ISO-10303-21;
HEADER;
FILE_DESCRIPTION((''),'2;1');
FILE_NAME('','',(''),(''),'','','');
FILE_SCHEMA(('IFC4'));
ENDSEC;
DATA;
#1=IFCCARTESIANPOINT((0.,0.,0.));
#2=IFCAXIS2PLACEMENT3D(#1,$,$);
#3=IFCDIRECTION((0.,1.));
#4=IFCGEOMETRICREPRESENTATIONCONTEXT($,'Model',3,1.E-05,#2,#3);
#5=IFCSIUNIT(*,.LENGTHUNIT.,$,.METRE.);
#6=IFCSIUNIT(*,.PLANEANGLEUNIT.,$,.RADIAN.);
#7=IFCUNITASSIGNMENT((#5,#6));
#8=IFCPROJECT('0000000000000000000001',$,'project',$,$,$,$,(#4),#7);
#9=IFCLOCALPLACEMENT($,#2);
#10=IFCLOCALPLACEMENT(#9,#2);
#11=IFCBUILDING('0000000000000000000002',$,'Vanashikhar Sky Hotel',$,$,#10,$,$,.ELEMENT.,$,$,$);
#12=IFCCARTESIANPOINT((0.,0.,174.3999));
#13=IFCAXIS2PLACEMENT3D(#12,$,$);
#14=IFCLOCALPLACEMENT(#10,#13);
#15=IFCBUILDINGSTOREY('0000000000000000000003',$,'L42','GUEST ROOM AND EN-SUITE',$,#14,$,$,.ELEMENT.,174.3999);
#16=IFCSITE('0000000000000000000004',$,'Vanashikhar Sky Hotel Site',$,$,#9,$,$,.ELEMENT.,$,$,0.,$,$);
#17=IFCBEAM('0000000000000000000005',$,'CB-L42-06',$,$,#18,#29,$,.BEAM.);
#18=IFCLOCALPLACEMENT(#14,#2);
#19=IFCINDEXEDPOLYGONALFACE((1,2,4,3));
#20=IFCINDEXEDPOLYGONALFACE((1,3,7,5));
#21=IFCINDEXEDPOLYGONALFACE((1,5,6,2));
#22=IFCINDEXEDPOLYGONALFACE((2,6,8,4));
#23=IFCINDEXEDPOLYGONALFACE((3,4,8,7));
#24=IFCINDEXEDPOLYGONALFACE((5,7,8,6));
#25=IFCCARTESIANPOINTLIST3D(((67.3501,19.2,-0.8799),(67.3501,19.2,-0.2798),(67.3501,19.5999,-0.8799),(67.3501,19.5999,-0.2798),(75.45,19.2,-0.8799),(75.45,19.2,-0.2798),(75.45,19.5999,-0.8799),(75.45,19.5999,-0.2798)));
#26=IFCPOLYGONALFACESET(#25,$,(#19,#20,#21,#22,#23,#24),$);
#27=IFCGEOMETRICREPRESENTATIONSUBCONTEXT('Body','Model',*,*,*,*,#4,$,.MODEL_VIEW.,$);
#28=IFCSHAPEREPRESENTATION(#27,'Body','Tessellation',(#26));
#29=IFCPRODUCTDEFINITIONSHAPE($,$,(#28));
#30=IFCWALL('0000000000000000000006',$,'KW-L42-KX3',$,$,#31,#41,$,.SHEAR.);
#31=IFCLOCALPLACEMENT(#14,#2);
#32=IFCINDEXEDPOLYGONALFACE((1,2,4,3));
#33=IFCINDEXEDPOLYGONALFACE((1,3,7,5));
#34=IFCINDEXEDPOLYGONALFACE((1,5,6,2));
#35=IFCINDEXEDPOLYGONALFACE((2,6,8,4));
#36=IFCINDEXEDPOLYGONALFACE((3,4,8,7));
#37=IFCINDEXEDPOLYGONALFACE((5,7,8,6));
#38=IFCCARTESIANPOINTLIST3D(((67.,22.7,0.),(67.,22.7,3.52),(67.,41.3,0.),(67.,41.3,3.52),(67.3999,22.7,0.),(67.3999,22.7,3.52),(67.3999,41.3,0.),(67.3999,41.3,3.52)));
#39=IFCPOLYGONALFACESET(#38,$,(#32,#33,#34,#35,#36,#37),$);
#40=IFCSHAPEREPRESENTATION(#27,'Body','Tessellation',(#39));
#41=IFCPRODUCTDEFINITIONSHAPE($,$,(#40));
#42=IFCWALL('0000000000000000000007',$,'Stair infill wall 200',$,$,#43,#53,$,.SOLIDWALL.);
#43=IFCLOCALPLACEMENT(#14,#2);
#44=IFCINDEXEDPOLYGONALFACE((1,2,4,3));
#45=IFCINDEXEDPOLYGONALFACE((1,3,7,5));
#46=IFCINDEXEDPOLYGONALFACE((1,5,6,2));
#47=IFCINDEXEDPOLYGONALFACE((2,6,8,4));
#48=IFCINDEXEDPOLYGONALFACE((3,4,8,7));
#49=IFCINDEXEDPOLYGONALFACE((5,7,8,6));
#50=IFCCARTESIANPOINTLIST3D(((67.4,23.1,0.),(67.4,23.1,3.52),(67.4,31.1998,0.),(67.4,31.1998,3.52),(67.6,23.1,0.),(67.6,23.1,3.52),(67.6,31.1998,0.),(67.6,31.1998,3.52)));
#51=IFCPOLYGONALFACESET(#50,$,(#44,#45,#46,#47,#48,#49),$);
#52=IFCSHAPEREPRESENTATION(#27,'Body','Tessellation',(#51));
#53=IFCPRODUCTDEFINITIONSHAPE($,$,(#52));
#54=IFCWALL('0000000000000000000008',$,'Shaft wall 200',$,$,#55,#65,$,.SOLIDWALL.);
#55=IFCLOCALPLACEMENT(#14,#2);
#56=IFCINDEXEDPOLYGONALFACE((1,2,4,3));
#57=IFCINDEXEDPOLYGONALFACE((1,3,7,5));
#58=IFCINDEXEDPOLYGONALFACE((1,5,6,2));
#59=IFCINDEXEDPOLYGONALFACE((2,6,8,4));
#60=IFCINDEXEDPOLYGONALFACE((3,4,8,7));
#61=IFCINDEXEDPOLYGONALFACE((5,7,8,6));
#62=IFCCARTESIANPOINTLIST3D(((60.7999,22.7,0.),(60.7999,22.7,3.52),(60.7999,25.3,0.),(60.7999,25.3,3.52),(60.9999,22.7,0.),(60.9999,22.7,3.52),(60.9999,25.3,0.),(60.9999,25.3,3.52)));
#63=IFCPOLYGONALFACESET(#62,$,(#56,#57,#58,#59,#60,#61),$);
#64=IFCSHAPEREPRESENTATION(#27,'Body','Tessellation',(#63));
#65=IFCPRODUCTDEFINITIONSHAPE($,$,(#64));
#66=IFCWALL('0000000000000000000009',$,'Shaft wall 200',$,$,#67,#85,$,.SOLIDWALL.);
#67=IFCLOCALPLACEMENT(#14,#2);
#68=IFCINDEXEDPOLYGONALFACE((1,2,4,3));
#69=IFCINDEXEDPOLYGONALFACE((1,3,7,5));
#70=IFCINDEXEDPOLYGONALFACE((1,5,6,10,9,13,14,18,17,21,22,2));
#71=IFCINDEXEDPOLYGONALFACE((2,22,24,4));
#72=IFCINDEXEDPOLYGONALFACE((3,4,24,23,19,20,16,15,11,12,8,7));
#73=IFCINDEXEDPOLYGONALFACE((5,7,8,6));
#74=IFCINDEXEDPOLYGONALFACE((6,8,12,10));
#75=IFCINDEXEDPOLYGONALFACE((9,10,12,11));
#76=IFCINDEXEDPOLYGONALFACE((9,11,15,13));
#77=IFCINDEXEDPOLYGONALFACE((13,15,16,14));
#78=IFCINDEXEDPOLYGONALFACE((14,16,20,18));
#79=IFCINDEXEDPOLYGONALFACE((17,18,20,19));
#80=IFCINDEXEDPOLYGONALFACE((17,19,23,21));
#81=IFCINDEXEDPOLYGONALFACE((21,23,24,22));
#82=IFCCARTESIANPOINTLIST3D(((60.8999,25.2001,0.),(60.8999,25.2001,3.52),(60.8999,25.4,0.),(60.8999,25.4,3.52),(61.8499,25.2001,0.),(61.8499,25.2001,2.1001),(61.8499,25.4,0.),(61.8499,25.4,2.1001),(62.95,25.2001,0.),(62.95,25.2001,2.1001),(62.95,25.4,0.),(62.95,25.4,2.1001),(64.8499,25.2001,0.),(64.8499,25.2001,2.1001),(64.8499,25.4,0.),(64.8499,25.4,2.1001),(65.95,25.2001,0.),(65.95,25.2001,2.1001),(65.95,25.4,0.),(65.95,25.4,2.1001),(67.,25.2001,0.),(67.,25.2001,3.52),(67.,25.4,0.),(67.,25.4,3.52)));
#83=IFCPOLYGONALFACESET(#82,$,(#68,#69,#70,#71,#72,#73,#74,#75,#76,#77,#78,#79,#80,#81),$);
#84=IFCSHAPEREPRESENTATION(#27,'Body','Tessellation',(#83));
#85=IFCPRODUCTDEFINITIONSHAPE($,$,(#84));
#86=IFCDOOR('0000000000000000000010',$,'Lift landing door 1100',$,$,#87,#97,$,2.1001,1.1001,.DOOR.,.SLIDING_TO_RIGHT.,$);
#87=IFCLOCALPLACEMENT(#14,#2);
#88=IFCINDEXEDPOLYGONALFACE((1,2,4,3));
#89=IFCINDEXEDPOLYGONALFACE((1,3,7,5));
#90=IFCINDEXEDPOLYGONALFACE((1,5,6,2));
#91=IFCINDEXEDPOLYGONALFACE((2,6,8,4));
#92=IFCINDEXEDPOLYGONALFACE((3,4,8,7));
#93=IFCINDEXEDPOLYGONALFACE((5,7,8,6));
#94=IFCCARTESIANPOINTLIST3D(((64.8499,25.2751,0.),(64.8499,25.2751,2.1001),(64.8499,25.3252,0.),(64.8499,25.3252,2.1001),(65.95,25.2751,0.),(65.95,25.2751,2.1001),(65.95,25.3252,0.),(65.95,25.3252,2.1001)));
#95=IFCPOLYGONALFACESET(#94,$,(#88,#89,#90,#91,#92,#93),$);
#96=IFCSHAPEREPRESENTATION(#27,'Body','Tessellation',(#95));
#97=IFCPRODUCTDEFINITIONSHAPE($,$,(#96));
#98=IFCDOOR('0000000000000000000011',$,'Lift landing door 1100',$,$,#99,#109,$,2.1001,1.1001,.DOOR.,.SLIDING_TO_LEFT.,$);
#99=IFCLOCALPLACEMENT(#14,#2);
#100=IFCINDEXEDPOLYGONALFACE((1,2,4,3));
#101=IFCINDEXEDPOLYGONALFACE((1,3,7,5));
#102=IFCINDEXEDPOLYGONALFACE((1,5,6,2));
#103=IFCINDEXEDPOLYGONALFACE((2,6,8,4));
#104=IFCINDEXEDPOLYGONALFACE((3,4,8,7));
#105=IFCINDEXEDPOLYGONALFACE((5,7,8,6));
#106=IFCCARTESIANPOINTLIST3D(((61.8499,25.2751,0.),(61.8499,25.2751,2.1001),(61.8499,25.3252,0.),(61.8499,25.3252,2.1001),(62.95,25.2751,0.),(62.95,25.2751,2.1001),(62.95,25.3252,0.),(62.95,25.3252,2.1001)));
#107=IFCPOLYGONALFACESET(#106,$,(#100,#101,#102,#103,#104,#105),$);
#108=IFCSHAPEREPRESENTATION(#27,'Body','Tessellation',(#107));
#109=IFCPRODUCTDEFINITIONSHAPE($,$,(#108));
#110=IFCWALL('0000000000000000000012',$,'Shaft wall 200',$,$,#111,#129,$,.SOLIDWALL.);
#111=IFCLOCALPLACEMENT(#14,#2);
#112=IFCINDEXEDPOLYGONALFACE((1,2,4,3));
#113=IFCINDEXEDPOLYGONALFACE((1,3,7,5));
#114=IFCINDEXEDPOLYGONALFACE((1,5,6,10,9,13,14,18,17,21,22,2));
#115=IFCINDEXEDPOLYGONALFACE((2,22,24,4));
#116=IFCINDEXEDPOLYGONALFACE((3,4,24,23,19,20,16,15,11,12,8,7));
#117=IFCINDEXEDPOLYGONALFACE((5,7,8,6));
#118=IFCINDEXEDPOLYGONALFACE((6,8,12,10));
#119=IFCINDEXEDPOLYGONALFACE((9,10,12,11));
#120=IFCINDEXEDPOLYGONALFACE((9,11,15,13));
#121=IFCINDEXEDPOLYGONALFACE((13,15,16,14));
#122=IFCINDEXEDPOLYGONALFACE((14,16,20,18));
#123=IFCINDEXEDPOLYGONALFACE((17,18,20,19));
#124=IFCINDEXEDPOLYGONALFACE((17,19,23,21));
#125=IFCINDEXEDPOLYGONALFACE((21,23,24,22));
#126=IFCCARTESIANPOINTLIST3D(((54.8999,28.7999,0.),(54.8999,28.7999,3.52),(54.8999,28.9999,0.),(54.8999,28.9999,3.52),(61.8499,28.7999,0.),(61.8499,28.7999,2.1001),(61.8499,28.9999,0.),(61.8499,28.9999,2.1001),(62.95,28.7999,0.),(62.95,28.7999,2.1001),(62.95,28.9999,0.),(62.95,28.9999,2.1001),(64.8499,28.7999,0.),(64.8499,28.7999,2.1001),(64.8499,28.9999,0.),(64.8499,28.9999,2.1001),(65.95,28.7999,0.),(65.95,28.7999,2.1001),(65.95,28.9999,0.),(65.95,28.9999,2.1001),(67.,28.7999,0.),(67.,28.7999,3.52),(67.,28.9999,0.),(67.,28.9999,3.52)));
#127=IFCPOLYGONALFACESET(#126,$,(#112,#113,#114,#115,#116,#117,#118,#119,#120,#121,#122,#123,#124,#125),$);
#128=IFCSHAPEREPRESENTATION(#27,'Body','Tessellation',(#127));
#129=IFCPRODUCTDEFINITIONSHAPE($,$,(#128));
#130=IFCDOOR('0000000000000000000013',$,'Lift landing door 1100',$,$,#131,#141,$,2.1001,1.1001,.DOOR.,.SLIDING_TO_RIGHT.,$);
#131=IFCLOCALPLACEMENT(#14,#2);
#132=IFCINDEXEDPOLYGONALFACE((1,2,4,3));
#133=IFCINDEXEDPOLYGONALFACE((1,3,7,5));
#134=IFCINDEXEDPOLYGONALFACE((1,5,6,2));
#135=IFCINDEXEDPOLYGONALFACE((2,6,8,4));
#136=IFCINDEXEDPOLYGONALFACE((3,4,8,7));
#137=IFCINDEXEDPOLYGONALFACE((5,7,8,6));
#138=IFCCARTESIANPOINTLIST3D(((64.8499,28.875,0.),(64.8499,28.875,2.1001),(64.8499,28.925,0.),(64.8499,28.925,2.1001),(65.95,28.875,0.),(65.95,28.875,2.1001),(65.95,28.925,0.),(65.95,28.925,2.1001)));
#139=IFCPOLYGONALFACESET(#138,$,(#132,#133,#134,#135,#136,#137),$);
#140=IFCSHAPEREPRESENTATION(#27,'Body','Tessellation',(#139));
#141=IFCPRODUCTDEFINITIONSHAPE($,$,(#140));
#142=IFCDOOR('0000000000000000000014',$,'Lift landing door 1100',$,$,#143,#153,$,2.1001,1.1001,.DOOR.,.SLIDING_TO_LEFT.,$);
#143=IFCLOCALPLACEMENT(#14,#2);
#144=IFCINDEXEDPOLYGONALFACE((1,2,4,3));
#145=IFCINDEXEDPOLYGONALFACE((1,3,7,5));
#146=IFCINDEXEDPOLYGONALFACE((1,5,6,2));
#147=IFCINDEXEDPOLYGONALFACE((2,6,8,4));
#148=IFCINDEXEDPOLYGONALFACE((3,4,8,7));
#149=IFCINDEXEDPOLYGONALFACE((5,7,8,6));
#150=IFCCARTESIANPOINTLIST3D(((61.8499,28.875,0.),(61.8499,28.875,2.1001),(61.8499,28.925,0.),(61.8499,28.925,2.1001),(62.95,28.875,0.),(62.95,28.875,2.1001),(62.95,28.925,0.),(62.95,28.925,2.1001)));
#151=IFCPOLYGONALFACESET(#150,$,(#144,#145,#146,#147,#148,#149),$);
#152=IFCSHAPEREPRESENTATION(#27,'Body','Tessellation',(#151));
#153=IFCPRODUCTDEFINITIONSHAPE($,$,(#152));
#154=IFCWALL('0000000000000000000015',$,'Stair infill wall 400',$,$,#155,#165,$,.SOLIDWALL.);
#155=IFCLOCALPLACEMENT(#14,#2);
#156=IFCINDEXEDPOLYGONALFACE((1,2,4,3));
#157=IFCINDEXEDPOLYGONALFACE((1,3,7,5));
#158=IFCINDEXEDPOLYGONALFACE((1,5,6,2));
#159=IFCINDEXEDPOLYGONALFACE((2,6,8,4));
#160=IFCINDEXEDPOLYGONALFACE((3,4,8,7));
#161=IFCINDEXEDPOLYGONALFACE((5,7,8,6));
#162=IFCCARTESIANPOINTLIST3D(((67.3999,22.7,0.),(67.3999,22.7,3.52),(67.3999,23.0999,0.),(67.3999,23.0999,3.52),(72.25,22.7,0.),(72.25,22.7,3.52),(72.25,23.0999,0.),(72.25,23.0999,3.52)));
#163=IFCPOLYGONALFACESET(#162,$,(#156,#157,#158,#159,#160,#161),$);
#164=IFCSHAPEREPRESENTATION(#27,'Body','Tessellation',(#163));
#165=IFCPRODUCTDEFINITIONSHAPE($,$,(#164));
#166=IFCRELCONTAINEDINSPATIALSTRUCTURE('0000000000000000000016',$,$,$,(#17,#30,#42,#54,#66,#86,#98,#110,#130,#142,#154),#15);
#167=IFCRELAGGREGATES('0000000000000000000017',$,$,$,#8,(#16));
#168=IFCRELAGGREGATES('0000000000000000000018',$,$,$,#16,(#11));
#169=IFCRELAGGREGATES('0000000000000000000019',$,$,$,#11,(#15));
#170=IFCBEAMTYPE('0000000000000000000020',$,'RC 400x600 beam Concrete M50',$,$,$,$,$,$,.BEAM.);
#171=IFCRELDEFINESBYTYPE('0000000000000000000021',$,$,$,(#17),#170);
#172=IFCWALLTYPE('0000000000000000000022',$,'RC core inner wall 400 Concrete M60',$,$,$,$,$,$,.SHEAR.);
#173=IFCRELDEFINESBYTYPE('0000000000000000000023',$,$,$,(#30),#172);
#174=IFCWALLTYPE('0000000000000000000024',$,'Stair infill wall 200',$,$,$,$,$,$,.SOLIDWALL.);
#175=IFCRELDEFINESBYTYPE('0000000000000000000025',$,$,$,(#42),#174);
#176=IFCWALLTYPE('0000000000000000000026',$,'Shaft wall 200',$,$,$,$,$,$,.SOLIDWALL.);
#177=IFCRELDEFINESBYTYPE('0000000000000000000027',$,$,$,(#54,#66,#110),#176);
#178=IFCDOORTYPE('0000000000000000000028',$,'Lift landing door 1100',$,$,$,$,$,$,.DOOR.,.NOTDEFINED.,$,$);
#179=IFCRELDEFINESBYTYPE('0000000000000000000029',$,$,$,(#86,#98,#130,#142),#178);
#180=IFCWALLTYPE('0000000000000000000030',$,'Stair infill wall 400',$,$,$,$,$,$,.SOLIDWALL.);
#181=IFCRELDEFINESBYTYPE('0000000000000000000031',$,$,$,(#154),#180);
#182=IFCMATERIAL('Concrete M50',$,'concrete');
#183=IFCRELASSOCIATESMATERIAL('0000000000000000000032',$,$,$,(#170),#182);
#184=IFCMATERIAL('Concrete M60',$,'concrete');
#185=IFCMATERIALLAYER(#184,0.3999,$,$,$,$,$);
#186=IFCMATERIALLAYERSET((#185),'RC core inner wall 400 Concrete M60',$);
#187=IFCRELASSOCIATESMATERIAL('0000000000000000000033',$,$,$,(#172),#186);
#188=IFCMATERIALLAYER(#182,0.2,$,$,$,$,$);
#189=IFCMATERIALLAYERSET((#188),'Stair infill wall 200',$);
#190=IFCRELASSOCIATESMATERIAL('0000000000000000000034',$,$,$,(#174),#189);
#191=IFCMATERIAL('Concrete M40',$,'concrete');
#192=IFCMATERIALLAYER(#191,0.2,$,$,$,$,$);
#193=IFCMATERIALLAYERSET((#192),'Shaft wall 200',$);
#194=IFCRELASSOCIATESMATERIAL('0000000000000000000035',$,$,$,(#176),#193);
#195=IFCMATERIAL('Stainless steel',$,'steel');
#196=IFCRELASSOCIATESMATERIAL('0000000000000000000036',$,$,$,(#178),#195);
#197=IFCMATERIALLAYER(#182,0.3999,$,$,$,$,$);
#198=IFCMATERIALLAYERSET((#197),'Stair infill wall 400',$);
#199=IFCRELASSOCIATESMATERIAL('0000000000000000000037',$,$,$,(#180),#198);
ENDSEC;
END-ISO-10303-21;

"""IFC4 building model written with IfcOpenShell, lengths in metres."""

from ifc_helpers import new_model, si_unit, direction, frame, frame_2d, origin, origin_2d, place, context, subcontext, project, spatial, rectangle, extrude, source, transform, mapped, material, layer, layer_set, material_profile, profile_set, type_object, element, fill, save


model = new_model("IFC4")

# Units and contexts
model_context = context("Model", 3, precision=1e-05, world=origin(), true_north=direction((0.0, 1.0)))
body_context = subcontext(model_context, "Body", "Model", "MODEL_VIEW")
ifc_project = project(units=[si_unit("LENGTHUNIT", "METRE"), si_unit("PLANEANGLEUNIT", "RADIAN")], contexts=[model_context])

# Site, building, storey
site_placement = place(None, origin())
site = spatial("IfcSite", under=ifc_project, at=site_placement, Name="Vanashikhar Sky Hotel Site", CompositionType="ELEMENT", RefElevation=0.0)
building_placement = place(site_placement, origin())
building = spatial("IfcBuilding", under=site, at=building_placement, Name="Vanashikhar Sky Hotel", CompositionType="ELEMENT")
storey_placement = place(building_placement, frame((0.0, 0.0, 174.3999)))
storey = spatial("IfcBuildingStorey", under=building, at=storey_placement, Name="L42", Description="GUEST ROOM AND EN-SUITE", CompositionType="ELEMENT", Elevation=174.3999)

# Beam
ifc_material_1 = material(Name="Concrete M50", Category="concrete")
ifc_material_profile = material_profile(ifc_material_1, rectangle(XDim=0.3999, YDim=0.6001, at=origin_2d()))
ifc_profile_set = profile_set([ifc_material_profile], Name="RC 400x600 beam Concrete M50")
beam_type = type_object("IfcBeamType", Name="RC 400x600 beam Concrete M50", PredefinedType="BEAM", material=ifc_profile_set)
shared_shape_1 = source(origin(), body_context, "Body", "SweptSolid", [
    extrude(rectangle(XDim=0.3999, YDim=0.6001, at=origin_2d()), origin(), (0.0, 0.0, 1.0), 8.0999),
])
beam_placement = place(storey_placement, frame((67.3501, 19.3999, -0.5798), z_axis=(1.0, 0.0, 0.0), x_axis=(0.0, 1.0, 0.0)))
element("IfcBeam", 1, at=beam_placement, inside=storey, type_object=beam_type, Name="CB-L42-06", PredefinedType="BEAM", context=body_context, shape_type="MappedRepresentation", body=[
    mapped(shared_shape_1, transform((0.0, 0.0, 0.0), scale=1.0)),
])

# Walls
ifc_material_2 = material(Name="Concrete M60", Category="concrete")
ifc_layer_1 = layer(ifc_material_2, 0.3999)
ifc_layer_set_1 = layer_set([ifc_layer_1], Name="RC core inner wall 400 Concrete M60")
wall_type_1 = type_object("IfcWallType", Name="RC core inner wall 400 Concrete M60", PredefinedType="SHEAR", material=ifc_layer_set_1)
shared_shape_2 = source(origin(), body_context, "Body", "SweptSolid", [
    extrude(rectangle(XDim=18.6001, YDim=0.3999, at=frame_2d((9.3, 0.0))), origin(), (0.0, 0.0, 1.0), 3.52),
])
wall_1_placement = place(storey_placement, frame((67.2, 22.7, 0.0), z_axis=(0.0, 0.0, 1.0), x_axis=(0.0, 1.0, 0.0)))
element("IfcWall", 2, at=wall_1_placement, inside=storey, type_object=wall_type_1, Name="KW-L42-KX3", PredefinedType="SHEAR", context=body_context, shape_type="MappedRepresentation", body=[
    mapped(shared_shape_2, transform((0.0, 0.0, 0.0), scale=1.0)),
])
ifc_layer_2 = layer(ifc_material_1, 0.2)
ifc_layer_set_2 = layer_set([ifc_layer_2], Name="Stair infill wall 200")
wall_type_2 = type_object("IfcWallType", Name="Stair infill wall 200", PredefinedType="SOLIDWALL", material=ifc_layer_set_2)
shared_shape_3 = source(origin(), body_context, "Body", "SweptSolid", [
    extrude(rectangle(XDim=8.0999, YDim=0.2, at=frame_2d((4.0498, 0.0))), origin(), (0.0, 0.0, 1.0), 3.52),
])
wall_2_placement = place(storey_placement, frame((67.5, 23.1001, 0.0), z_axis=(0.0, 0.0, 1.0), x_axis=(0.0, 1.0, 0.0)))
element("IfcWall", 3, at=wall_2_placement, inside=storey, type_object=wall_type_2, Name="Stair infill wall 200", PredefinedType="SOLIDWALL", context=body_context, shape_type="MappedRepresentation", body=[
    mapped(shared_shape_3, transform((0.0, 0.0, 0.0), scale=1.0)),
])
ifc_material_3 = material(Name="Concrete M40", Category="concrete")
ifc_layer_3 = layer(ifc_material_3, 0.2)
ifc_layer_set_3 = layer_set([ifc_layer_3], Name="Shaft wall 200")
wall_type_3 = type_object("IfcWallType", Name="Shaft wall 200", PredefinedType="SOLIDWALL", material=ifc_layer_set_3)
shared_shape_4 = source(origin(), body_context, "Body", "SweptSolid", [
    extrude(rectangle(XDim=2.6001, YDim=0.2, at=frame_2d((1.3, 0.0))), origin(), (0.0, 0.0, 1.0), 3.52),
])
wall_3_placement = place(storey_placement, frame((60.8999, 22.7, 0.0), z_axis=(0.0, 0.0, 1.0), x_axis=(0.0, 1.0, 0.0)))
element("IfcWall", 4, at=wall_3_placement, inside=storey, type_object=wall_type_3, Name="Shaft wall 200", PredefinedType="SOLIDWALL", context=body_context, shape_type="MappedRepresentation", body=[
    mapped(shared_shape_4, transform((0.0, 0.0, 0.0), scale=1.0)),
])

# Walls, openings, doors
shared_shape_5 = source(origin(), body_context, "Body", "SweptSolid", [
    extrude(rectangle(XDim=6.1001, YDim=0.2, at=frame_2d((3.05, 0.0))), origin(), (0.0, 0.0, 1.0), 3.52),
])
wall_4_placement = place(storey_placement, frame((67.0, 25.3, 0.0), z_axis=(0.0, 0.0, 1.0), x_axis=(-1.0, 0.0, 0.0)))
wall_4 = element("IfcWall", 5, at=wall_4_placement, inside=storey, type_object=wall_type_3, Name="Shaft wall 200", PredefinedType="SOLIDWALL", context=body_context, shape_type="MappedRepresentation", body=[
    mapped(shared_shape_5, transform((0.0, 0.0, 0.0), scale=1.0)),
])
shared_shape_6 = source(origin(), body_context, "Body", "SweptSolid", [
    extrude(rectangle(XDim=1.1001, YDim=2.1001, at=frame_2d((0.55, 1.05))), frame((0.0, 0.1099, 0.0), z_axis=(0.0, -1.0, 0.0), x_axis=(1.0, 0.0, 0.0)), (0.0, 0.0, 1.0), 0.22),
])
opening_1_placement = place(wall_4_placement, frame((1.05, 0.0, 0.0)))
opening_1 = element("IfcOpeningElement", 6, at=opening_1_placement, cuts=wall_4, PredefinedType="OPENING", context=body_context, shape_type="MappedRepresentation", body=[
    mapped(shared_shape_6, transform((0.0, 0.0, 0.0), scale=1.0)),
])
opening_2_placement = place(wall_4_placement, frame((4.05, 0.0, 0.0)))
opening_2 = element("IfcOpeningElement", 7, at=opening_2_placement, cuts=wall_4, PredefinedType="OPENING", context=body_context, shape_type="MappedRepresentation", body=[
    mapped(shared_shape_6, transform((0.0, 0.0, 0.0), scale=1.0)),
])
ifc_material_4 = material(Name="Stainless steel", Category="steel")
door_type_1 = type_object("IfcDoorType", Name="Lift landing door 1100", OperationType="NOTDEFINED", PredefinedType="DOOR", material=ifc_material_4)
shared_shape_7 = source(origin(), body_context, "Body", "SweptSolid", [
    extrude(rectangle(XDim=1.1001, YDim=2.1001, at=frame_2d((0.55, 1.05))), frame((0.0, 0.0249, 0.0), z_axis=(0.0, -1.0, 0.0), x_axis=(1.0, 0.0, 0.0)), (0.0, 0.0, 1.0), 0.05),
])
door_1_placement = place(opening_1_placement, origin())
door_1 = element("IfcDoor", 8, at=door_1_placement, inside=storey, type_object=door_type_1, Name="Lift landing door 1100", OperationType="SLIDING_TO_RIGHT", OverallHeight=2.1001, OverallWidth=1.1001, PredefinedType="DOOR", context=body_context, shape_type="MappedRepresentation", body=[
    mapped(shared_shape_7, transform((0.0, 0.0, 0.0), scale=1.0)),
])
fill(opening_1, door_1)
door_2_placement = place(opening_2_placement, origin())
door_2 = element("IfcDoor", 9, at=door_2_placement, inside=storey, type_object=door_type_1, Name="Lift landing door 1100", OperationType="SLIDING_TO_LEFT", OverallHeight=2.1001, OverallWidth=1.1001, PredefinedType="DOOR", context=body_context, shape_type="MappedRepresentation", body=[
    mapped(shared_shape_7, transform((0.0, 0.0, 0.0), scale=1.0)),
])
fill(opening_2, door_2)
shared_shape_8 = source(origin(), body_context, "Body", "SweptSolid", [
    extrude(rectangle(XDim=12.1001, YDim=0.2, at=frame_2d((6.05, 0.0))), origin(), (0.0, 0.0, 1.0), 3.52),
])
wall_5_placement = place(storey_placement, frame((67.0, 28.8999, 0.0), z_axis=(0.0, 0.0, 1.0), x_axis=(-1.0, 0.0, 0.0)))
wall_5 = element("IfcWall", 10, at=wall_5_placement, inside=storey, type_object=wall_type_3, Name="Shaft wall 200", PredefinedType="SOLIDWALL", context=body_context, shape_type="MappedRepresentation", body=[
    mapped(shared_shape_8, transform((0.0, 0.0, 0.0), scale=1.0)),
])
opening_3_placement = place(wall_5_placement, frame((1.05, 0.0, 0.0)))
opening_3 = element("IfcOpeningElement", 11, at=opening_3_placement, cuts=wall_5, PredefinedType="OPENING", context=body_context, shape_type="MappedRepresentation", body=[
    mapped(shared_shape_6, transform((0.0, 0.0, 0.0), scale=1.0)),
])
opening_4_placement = place(wall_5_placement, frame((4.05, 0.0, 0.0)))
opening_4 = element("IfcOpeningElement", 12, at=opening_4_placement, cuts=wall_5, PredefinedType="OPENING", context=body_context, shape_type="MappedRepresentation", body=[
    mapped(shared_shape_6, transform((0.0, 0.0, 0.0), scale=1.0)),
])
door_3_placement = place(opening_3_placement, origin())
door_3 = element("IfcDoor", 13, at=door_3_placement, inside=storey, type_object=door_type_1, Name="Lift landing door 1100", OperationType="SLIDING_TO_RIGHT", OverallHeight=2.1001, OverallWidth=1.1001, PredefinedType="DOOR", context=body_context, shape_type="MappedRepresentation", body=[
    mapped(shared_shape_7, transform((0.0, 0.0, 0.0), scale=1.0)),
])
fill(opening_3, door_3)
door_4_placement = place(opening_4_placement, origin())
door_4 = element("IfcDoor", 14, at=door_4_placement, inside=storey, type_object=door_type_1, Name="Lift landing door 1100", OperationType="SLIDING_TO_LEFT", OverallHeight=2.1001, OverallWidth=1.1001, PredefinedType="DOOR", context=body_context, shape_type="MappedRepresentation", body=[
    mapped(shared_shape_7, transform((0.0, 0.0, 0.0), scale=1.0)),
])
fill(opening_4, door_4)

# Wall
ifc_layer_4 = layer(ifc_material_1, 0.3999)
ifc_layer_set_4 = layer_set([ifc_layer_4], Name="Stair infill wall 400")
wall_type_4 = type_object("IfcWallType", Name="Stair infill wall 400", PredefinedType="SOLIDWALL", material=ifc_layer_set_4)
shared_shape_9 = source(origin(), body_context, "Body", "SweptSolid", [
    extrude(rectangle(XDim=4.8501, YDim=0.3999, at=frame_2d((2.425, 0.0))), origin(), (0.0, 0.0, 1.0), 3.52),
])
wall_6_placement = place(storey_placement, frame((67.3999, 22.8999, 0.0), z_axis=(0.0, 0.0, 1.0), x_axis=(1.0, 0.0, 0.0)))
element("IfcWall", 15, at=wall_6_placement, inside=storey, type_object=wall_type_4, Name="Stair infill wall 400", PredefinedType="SOLIDWALL", context=body_context, shape_type="MappedRepresentation", body=[
    mapped(shared_shape_9, transform((0.0, 0.0, 0.0), scale=1.0)),
])

save(model, "model.ifc")
